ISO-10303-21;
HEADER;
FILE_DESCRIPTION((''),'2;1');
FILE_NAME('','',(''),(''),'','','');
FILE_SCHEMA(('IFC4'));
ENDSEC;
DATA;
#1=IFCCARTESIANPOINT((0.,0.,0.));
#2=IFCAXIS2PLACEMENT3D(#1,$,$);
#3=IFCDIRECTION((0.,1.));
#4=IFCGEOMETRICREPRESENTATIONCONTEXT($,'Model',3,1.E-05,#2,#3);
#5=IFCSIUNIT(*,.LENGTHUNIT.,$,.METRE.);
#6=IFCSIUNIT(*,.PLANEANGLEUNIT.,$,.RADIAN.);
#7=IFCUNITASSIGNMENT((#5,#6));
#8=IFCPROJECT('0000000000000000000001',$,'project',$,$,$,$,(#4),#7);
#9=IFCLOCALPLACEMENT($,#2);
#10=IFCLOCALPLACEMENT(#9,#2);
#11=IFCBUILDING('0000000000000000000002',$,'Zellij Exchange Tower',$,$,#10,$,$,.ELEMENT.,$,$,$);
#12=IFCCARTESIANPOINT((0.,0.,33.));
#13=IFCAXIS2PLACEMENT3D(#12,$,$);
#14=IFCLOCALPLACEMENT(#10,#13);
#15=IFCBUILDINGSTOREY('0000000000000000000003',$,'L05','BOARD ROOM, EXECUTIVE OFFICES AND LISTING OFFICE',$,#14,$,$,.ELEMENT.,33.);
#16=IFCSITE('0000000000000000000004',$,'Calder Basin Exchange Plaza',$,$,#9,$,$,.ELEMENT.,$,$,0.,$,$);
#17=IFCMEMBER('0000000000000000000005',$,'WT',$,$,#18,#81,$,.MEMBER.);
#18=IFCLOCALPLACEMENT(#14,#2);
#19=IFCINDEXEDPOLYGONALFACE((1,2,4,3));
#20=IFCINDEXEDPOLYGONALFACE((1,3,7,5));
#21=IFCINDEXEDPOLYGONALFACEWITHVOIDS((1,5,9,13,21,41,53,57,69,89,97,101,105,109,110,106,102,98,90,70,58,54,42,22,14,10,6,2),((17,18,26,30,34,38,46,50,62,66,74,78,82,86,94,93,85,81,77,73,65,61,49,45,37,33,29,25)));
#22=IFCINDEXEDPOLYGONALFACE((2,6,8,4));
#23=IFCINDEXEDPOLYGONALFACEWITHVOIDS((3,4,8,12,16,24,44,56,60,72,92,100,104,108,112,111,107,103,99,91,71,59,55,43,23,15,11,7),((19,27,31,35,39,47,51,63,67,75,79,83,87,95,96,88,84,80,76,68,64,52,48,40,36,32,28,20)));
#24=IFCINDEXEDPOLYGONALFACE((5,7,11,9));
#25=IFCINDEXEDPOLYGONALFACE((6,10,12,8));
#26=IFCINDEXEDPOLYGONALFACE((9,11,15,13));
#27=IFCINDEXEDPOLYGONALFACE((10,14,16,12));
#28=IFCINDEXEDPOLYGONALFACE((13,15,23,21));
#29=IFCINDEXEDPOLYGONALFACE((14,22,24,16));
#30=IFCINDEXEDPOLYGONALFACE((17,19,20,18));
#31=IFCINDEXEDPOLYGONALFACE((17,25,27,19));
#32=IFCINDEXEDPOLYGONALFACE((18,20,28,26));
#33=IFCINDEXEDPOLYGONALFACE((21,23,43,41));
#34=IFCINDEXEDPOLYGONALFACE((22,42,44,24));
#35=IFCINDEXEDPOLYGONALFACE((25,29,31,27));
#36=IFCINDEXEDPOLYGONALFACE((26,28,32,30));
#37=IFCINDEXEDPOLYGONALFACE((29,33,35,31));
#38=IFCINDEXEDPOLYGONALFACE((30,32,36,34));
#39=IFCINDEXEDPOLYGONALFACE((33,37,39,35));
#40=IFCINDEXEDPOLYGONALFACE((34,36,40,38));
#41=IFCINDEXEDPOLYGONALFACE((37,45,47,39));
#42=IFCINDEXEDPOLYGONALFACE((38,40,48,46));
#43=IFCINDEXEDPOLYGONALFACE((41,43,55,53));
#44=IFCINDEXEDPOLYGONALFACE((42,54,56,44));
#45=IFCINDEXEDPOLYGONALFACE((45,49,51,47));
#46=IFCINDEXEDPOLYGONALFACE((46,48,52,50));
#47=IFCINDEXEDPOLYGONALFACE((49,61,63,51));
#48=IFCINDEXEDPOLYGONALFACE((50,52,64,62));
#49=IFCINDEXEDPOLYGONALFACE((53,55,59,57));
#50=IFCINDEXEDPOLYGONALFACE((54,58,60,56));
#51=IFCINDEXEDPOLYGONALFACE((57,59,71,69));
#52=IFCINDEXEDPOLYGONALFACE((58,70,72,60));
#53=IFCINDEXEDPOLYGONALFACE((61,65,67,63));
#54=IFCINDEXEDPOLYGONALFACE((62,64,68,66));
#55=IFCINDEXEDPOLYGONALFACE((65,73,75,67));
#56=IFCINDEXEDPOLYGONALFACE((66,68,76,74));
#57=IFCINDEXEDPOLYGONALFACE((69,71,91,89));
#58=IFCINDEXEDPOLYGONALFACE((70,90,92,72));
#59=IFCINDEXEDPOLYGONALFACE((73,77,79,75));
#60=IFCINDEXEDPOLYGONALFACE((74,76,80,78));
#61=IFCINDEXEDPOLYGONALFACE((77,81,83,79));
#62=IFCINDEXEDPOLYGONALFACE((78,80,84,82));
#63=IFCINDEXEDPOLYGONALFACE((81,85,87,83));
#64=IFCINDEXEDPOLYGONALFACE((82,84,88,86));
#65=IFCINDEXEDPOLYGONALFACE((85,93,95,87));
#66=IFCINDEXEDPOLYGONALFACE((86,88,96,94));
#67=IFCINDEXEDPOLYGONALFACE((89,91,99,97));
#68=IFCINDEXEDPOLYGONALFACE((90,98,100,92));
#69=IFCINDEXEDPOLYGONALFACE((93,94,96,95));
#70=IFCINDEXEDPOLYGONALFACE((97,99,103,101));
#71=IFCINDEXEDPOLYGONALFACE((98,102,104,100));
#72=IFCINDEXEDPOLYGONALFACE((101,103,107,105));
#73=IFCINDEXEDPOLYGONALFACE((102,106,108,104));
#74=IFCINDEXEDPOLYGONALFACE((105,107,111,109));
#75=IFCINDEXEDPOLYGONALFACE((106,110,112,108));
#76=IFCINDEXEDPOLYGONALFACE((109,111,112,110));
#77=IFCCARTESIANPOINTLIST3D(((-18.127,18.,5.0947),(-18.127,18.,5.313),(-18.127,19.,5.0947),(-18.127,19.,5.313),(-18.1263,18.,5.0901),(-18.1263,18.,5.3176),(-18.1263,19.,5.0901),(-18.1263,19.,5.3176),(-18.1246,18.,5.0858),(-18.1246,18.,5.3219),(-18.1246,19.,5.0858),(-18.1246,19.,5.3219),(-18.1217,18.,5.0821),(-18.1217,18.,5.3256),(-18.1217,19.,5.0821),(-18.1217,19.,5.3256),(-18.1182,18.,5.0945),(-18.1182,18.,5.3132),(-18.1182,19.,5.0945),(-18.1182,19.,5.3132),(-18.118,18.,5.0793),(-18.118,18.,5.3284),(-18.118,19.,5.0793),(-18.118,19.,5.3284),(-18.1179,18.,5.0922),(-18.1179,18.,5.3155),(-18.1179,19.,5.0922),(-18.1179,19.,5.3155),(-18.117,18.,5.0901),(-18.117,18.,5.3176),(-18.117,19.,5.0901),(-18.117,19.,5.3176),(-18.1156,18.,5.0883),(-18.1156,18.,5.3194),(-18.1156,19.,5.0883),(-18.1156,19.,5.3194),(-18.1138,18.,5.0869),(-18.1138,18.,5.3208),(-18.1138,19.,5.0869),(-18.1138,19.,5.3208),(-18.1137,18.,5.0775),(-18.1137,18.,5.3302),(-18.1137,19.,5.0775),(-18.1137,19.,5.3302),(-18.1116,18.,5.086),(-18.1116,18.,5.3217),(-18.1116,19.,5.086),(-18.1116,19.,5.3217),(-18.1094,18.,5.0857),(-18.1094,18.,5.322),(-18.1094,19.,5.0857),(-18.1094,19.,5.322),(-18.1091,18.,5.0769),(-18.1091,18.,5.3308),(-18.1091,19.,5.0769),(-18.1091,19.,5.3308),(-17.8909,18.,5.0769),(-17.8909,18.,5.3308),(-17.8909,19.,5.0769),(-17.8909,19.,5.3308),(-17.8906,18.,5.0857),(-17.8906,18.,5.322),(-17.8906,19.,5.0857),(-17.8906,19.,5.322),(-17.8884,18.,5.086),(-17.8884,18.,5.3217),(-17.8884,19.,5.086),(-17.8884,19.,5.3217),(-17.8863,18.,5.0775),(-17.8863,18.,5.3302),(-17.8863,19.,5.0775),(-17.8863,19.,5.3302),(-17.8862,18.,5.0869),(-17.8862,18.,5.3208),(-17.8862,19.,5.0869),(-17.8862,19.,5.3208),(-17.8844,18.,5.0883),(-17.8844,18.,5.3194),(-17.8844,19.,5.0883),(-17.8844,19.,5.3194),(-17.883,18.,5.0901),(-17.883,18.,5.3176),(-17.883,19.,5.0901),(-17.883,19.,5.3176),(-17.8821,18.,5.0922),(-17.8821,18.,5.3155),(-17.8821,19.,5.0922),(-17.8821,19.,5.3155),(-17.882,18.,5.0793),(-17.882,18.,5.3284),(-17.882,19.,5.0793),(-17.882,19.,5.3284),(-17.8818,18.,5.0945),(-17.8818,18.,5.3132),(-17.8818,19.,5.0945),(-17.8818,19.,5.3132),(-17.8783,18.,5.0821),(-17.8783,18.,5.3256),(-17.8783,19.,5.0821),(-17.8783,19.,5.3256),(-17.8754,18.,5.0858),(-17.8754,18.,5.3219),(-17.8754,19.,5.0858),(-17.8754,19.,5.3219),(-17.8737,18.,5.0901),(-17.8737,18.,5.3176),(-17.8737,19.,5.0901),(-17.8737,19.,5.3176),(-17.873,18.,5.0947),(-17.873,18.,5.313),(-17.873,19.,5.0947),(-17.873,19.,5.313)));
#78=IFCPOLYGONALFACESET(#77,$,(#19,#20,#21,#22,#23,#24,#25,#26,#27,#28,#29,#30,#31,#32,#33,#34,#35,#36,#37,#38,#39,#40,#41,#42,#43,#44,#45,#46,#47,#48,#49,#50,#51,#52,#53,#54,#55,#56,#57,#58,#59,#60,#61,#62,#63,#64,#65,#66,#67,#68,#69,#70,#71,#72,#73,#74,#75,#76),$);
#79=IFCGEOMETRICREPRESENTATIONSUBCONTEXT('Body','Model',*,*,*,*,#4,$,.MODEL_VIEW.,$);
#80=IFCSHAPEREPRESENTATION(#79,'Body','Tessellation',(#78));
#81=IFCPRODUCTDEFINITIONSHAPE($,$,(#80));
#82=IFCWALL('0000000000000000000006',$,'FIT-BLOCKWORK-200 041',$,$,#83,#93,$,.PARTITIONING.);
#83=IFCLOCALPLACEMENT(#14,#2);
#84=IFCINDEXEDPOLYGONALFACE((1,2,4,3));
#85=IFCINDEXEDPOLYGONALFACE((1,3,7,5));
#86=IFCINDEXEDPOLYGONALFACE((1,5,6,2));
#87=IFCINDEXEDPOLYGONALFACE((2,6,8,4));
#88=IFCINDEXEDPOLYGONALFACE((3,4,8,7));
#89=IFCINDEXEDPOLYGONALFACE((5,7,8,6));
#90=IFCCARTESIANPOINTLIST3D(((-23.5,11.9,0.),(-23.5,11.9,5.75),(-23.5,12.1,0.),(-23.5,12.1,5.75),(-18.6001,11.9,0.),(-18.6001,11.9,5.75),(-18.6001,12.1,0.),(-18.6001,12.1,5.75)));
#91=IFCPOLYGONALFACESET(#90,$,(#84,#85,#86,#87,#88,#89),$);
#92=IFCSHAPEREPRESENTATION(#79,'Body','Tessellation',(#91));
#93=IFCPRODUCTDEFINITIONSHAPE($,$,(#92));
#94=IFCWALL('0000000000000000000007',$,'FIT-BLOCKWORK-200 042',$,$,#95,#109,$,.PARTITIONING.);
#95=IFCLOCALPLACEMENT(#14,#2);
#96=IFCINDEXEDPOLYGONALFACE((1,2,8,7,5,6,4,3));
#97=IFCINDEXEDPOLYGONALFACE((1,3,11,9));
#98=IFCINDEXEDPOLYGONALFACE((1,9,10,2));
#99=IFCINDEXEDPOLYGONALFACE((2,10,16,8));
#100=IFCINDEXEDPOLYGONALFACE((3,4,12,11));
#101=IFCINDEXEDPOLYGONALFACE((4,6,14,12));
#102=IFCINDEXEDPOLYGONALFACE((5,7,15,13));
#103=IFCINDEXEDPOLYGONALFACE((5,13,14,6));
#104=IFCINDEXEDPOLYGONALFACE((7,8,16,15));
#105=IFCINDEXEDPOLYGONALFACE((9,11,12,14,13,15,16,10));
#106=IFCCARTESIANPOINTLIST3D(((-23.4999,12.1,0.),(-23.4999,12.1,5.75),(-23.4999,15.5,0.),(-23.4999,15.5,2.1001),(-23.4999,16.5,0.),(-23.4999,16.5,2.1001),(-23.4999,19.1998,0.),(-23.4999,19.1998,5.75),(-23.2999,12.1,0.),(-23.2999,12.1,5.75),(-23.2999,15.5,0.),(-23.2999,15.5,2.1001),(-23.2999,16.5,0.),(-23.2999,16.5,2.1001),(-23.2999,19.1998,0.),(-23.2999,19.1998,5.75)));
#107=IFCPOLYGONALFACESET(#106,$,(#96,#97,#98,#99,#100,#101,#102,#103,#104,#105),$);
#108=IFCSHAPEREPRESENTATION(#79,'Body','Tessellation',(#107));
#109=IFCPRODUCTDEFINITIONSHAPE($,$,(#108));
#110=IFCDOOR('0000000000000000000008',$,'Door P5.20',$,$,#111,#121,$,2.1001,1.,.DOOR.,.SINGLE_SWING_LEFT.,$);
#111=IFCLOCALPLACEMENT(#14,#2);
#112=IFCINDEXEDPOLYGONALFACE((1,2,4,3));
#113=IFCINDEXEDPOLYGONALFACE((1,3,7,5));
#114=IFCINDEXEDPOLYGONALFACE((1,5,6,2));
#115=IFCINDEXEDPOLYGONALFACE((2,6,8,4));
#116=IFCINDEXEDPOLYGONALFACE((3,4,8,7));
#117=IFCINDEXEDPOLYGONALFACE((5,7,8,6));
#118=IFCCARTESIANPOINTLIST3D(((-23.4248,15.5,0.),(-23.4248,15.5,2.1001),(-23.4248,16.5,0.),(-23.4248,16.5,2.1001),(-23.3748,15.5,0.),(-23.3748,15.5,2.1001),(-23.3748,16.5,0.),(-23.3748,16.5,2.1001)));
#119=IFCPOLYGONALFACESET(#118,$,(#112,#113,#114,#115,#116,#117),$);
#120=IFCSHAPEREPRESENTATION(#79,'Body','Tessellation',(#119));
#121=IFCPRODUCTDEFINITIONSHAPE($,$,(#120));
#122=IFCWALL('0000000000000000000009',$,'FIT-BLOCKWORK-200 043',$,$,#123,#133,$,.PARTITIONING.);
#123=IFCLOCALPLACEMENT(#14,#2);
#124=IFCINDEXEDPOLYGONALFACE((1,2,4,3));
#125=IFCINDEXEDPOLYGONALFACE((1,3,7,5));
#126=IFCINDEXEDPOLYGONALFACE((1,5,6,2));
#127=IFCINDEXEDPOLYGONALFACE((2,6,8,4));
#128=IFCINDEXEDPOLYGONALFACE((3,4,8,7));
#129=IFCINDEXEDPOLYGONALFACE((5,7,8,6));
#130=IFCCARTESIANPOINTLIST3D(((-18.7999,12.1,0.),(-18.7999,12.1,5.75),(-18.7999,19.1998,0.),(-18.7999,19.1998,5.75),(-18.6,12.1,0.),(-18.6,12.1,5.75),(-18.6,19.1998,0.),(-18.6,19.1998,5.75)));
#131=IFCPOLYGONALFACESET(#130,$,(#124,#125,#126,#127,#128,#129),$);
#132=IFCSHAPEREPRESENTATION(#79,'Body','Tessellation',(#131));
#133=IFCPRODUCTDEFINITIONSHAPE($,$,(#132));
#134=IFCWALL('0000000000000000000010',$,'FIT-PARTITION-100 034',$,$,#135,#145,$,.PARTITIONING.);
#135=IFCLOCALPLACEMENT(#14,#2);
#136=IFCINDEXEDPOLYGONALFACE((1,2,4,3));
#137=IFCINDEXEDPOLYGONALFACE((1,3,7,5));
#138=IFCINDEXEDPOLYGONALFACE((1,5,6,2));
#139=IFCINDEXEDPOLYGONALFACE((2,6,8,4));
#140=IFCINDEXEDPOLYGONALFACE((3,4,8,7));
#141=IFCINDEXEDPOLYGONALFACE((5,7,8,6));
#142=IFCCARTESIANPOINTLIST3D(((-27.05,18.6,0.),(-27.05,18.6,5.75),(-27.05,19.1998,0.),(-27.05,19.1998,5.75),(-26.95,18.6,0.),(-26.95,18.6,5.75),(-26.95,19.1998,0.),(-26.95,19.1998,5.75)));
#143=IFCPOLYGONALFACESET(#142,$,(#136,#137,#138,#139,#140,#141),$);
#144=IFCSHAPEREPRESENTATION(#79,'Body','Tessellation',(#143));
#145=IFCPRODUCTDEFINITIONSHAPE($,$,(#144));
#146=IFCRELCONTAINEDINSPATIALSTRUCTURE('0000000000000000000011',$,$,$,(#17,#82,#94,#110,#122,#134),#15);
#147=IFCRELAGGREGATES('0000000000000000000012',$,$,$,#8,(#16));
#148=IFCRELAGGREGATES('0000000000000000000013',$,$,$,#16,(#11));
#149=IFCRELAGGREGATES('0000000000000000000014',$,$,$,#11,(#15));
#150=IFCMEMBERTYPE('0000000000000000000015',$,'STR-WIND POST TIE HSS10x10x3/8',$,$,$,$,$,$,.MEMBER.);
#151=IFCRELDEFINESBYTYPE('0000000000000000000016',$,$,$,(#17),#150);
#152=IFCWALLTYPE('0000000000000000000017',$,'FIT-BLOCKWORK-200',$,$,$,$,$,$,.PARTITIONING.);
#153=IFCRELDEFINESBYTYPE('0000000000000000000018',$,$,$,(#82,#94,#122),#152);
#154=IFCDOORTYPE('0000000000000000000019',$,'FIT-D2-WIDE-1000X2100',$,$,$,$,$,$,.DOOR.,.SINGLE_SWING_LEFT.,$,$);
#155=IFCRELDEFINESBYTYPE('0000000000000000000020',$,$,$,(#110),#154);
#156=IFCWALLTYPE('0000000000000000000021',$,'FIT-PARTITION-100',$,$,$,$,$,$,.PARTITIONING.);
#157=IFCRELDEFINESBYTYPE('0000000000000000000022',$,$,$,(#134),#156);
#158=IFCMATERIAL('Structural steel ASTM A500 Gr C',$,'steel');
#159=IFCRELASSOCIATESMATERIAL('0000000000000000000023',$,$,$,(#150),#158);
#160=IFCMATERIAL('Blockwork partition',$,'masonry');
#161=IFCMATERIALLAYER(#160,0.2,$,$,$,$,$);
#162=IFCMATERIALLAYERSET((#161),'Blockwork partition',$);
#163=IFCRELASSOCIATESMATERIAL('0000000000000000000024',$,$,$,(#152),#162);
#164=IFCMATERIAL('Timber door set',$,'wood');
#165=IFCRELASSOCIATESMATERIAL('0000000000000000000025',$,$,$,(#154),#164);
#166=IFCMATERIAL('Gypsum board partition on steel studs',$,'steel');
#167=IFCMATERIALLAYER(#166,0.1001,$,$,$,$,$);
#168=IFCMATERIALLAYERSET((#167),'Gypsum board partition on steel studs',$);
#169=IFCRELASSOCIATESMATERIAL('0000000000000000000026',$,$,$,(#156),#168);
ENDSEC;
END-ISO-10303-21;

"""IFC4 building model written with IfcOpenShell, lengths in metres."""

from ifc_helpers import new_model, si_unit, direction, frame, frame_2d, origin, origin_2d, place, context, subcontext, project, spatial, rectangle, hollow_rectangle, extrude, material, layer, layer_set, material_profile, profile_set, type_object, element, fill, save


model = new_model("IFC4")

# Units and contexts
model_context = context("Model", 3, precision=1e-05, world=origin(), true_north=direction((0.0, 1.0)))
body_context = subcontext(model_context, "Body", "Model", "MODEL_VIEW")
ifc_project = project(units=[si_unit("LENGTHUNIT", "METRE"), si_unit("PLANEANGLEUNIT", "RADIAN")], contexts=[model_context])

# Site, building, storey
site_placement = place(None, origin())
site = spatial("IfcSite", under=ifc_project, at=site_placement, Name="Calder Basin Exchange Plaza", CompositionType="ELEMENT", RefElevation=0.0)
building_placement = place(site_placement, origin())
building = spatial("IfcBuilding", under=site, at=building_placement, Name="Zellij Exchange Tower", CompositionType="ELEMENT")
storey_placement = place(building_placement, frame((0.0, 0.0, 33.0)))
storey = spatial("IfcBuildingStorey", under=building, at=storey_placement, Name="L05", Description="BOARD ROOM, EXECUTIVE OFFICES AND LISTING OFFICE", CompositionType="ELEMENT", Elevation=33.0)

# Member
ifc_material_1 = material(Name="Structural steel ASTM A500 Gr C", Category="steel")
ifc_material_profile_1 = material_profile(ifc_material_1, hollow_rectangle(XDim=0.2539, YDim=0.2539, WallThickness=0.0088, InnerFilletRadius=0.0088, OuterFilletRadius=0.0178, at=origin_2d()), Name="STR-WIND POST TIE HSS10x10x3/8")
ifc_profile_set_1 = profile_set([ifc_material_profile_1], Name="Structural steel ASTM A500 Gr C")
member_type_1 = type_object("IfcMemberType", Name="STR-WIND POST TIE HSS10x10x3/8", PredefinedType="MEMBER", material=ifc_profile_set_1)
member_1_placement = place(storey_placement, frame((-18.0, 19.0, 5.2039), z_axis=(0.0, -1.0, 0.0), x_axis=(1.0, 0.0, 0.0)))
element("IfcMember", 1, at=member_1_placement, inside=storey, type_object=member_type_1, Name="WT", PredefinedType="MEMBER", context=body_context, shape_type="SweptSolid", body=[
    extrude(hollow_rectangle(XDim=0.2539, YDim=0.2539, WallThickness=0.0088, InnerFilletRadius=0.0088, OuterFilletRadius=0.0178, at=origin_2d()), origin(), (0.0, 0.0, 1.0), 1.0),
])

# Wall
ifc_material_2 = material(Name="Blockwork partition", Category="masonry")
ifc_layer_1 = layer(ifc_material_2, 0.2)
ifc_layer_set_1 = layer_set([ifc_layer_1], Name="Blockwork partition")
wall_type_1 = type_object("IfcWallType", Name="FIT-BLOCKWORK-200", PredefinedType="PARTITIONING", material=ifc_layer_set_1)
wall_1_placement = place(storey_placement, frame((-23.5, 12.0, 0.0), z_axis=(0.0, 0.0, 1.0), x_axis=(1.0, 0.0, 0.0)))
element("IfcWall", 2, at=wall_1_placement, inside=storey, type_object=wall_type_1, Name="FIT-BLOCKWORK-200 041", PredefinedType="PARTITIONING", context=body_context, shape_type="SweptSolid", body=[
    extrude(rectangle(XDim=4.8999, YDim=0.2, at=frame_2d((2.45, 0.0))), origin(), (0.0, 0.0, 1.0), 5.75),
])

# Wall, opening, door
wall_2_placement = place(storey_placement, frame((-23.3999, 12.1001, 0.0), z_axis=(0.0, 0.0, 1.0), x_axis=(0.0, 1.0, 0.0)))
wall_2 = element("IfcWall", 3, at=wall_2_placement, inside=storey, type_object=wall_type_1, Name="FIT-BLOCKWORK-200 042", PredefinedType="PARTITIONING", context=body_context, shape_type="SweptSolid", body=[
    extrude(rectangle(XDim=7.0999, YDim=0.2, at=frame_2d((3.5498, 0.0))), origin(), (0.0, 0.0, 1.0), 5.75),
])
opening_placement = place(wall_2_placement, frame((3.3999, 0.0, 0.0)))
opening = element("IfcOpeningElement", 4, at=opening_placement, cuts=wall_2, PredefinedType="OPENING", context=body_context, shape_type="SweptSolid", body=[
    extrude(rectangle(XDim=1.0, YDim=2.1001, at=frame_2d((0.5, 1.05))), frame((0.0, 0.1118, 0.0), z_axis=(0.0, -1.0, 0.0), x_axis=(1.0, 0.0, 0.0)), (0.0, 0.0, 1.0), 0.2239),
])
ifc_material_3 = material(Name="Timber door set", Category="wood")
door_type = type_object("IfcDoorType", Name="FIT-D2-WIDE-1000X2100", OperationType="SINGLE_SWING_LEFT", PredefinedType="DOOR", material=ifc_material_3)
door_placement = place(opening_placement, origin())
door = element("IfcDoor", 5, at=door_placement, inside=storey, type_object=door_type, Name="Door P5.20", OperationType="SINGLE_SWING_LEFT", OverallHeight=2.1001, OverallWidth=1.0, PredefinedType="DOOR", context=body_context, shape_type="SweptSolid", body=[
    extrude(rectangle(XDim=1.0, YDim=2.1001, at=frame_2d((0.5, 1.05))), frame((0.0, 0.0249, 0.0), z_axis=(0.0, -1.0, 0.0), x_axis=(1.0, 0.0, 0.0)), (0.0, 0.0, 1.0), 0.05),
])
fill(opening, door)

# Walls
wall_3_placement = place(storey_placement, frame((-18.7, 12.1001, 0.0), z_axis=(0.0, 0.0, 1.0), x_axis=(0.0, 1.0, 0.0)))
element("IfcWall", 6, at=wall_3_placement, inside=storey, type_object=wall_type_1, Name="FIT-BLOCKWORK-200 043", PredefinedType="PARTITIONING", context=body_context, shape_type="SweptSolid", body=[
    extrude(rectangle(XDim=7.0999, YDim=0.2, at=frame_2d((3.5498, 0.0))), origin(), (0.0, 0.0, 1.0), 5.75),
])
ifc_material_4 = material(Name="Gypsum board partition on steel studs", Category="steel")
ifc_layer_2 = layer(ifc_material_4, 0.1001)
ifc_layer_set_2 = layer_set([ifc_layer_2], Name="Gypsum board partition on steel studs")
wall_type_2 = type_object("IfcWallType", Name="FIT-PARTITION-100", PredefinedType="PARTITIONING", material=ifc_layer_set_2)
wall_4_placement = place(storey_placement, frame((-27.0, 18.6001, 0.0), z_axis=(0.0, 0.0, 1.0), x_axis=(0.0, 1.0, 0.0)))
element("IfcWall", 7, at=wall_4_placement, inside=storey, type_object=wall_type_2, Name="FIT-PARTITION-100 034", PredefinedType="PARTITIONING", context=body_context, shape_type="SweptSolid", body=[
    extrude(rectangle(XDim=0.5999, YDim=0.1001, at=frame_2d((0.2998, 0.0))), origin(), (0.0, 0.0, 1.0), 5.75),
])

save(model, "model.ifc")
